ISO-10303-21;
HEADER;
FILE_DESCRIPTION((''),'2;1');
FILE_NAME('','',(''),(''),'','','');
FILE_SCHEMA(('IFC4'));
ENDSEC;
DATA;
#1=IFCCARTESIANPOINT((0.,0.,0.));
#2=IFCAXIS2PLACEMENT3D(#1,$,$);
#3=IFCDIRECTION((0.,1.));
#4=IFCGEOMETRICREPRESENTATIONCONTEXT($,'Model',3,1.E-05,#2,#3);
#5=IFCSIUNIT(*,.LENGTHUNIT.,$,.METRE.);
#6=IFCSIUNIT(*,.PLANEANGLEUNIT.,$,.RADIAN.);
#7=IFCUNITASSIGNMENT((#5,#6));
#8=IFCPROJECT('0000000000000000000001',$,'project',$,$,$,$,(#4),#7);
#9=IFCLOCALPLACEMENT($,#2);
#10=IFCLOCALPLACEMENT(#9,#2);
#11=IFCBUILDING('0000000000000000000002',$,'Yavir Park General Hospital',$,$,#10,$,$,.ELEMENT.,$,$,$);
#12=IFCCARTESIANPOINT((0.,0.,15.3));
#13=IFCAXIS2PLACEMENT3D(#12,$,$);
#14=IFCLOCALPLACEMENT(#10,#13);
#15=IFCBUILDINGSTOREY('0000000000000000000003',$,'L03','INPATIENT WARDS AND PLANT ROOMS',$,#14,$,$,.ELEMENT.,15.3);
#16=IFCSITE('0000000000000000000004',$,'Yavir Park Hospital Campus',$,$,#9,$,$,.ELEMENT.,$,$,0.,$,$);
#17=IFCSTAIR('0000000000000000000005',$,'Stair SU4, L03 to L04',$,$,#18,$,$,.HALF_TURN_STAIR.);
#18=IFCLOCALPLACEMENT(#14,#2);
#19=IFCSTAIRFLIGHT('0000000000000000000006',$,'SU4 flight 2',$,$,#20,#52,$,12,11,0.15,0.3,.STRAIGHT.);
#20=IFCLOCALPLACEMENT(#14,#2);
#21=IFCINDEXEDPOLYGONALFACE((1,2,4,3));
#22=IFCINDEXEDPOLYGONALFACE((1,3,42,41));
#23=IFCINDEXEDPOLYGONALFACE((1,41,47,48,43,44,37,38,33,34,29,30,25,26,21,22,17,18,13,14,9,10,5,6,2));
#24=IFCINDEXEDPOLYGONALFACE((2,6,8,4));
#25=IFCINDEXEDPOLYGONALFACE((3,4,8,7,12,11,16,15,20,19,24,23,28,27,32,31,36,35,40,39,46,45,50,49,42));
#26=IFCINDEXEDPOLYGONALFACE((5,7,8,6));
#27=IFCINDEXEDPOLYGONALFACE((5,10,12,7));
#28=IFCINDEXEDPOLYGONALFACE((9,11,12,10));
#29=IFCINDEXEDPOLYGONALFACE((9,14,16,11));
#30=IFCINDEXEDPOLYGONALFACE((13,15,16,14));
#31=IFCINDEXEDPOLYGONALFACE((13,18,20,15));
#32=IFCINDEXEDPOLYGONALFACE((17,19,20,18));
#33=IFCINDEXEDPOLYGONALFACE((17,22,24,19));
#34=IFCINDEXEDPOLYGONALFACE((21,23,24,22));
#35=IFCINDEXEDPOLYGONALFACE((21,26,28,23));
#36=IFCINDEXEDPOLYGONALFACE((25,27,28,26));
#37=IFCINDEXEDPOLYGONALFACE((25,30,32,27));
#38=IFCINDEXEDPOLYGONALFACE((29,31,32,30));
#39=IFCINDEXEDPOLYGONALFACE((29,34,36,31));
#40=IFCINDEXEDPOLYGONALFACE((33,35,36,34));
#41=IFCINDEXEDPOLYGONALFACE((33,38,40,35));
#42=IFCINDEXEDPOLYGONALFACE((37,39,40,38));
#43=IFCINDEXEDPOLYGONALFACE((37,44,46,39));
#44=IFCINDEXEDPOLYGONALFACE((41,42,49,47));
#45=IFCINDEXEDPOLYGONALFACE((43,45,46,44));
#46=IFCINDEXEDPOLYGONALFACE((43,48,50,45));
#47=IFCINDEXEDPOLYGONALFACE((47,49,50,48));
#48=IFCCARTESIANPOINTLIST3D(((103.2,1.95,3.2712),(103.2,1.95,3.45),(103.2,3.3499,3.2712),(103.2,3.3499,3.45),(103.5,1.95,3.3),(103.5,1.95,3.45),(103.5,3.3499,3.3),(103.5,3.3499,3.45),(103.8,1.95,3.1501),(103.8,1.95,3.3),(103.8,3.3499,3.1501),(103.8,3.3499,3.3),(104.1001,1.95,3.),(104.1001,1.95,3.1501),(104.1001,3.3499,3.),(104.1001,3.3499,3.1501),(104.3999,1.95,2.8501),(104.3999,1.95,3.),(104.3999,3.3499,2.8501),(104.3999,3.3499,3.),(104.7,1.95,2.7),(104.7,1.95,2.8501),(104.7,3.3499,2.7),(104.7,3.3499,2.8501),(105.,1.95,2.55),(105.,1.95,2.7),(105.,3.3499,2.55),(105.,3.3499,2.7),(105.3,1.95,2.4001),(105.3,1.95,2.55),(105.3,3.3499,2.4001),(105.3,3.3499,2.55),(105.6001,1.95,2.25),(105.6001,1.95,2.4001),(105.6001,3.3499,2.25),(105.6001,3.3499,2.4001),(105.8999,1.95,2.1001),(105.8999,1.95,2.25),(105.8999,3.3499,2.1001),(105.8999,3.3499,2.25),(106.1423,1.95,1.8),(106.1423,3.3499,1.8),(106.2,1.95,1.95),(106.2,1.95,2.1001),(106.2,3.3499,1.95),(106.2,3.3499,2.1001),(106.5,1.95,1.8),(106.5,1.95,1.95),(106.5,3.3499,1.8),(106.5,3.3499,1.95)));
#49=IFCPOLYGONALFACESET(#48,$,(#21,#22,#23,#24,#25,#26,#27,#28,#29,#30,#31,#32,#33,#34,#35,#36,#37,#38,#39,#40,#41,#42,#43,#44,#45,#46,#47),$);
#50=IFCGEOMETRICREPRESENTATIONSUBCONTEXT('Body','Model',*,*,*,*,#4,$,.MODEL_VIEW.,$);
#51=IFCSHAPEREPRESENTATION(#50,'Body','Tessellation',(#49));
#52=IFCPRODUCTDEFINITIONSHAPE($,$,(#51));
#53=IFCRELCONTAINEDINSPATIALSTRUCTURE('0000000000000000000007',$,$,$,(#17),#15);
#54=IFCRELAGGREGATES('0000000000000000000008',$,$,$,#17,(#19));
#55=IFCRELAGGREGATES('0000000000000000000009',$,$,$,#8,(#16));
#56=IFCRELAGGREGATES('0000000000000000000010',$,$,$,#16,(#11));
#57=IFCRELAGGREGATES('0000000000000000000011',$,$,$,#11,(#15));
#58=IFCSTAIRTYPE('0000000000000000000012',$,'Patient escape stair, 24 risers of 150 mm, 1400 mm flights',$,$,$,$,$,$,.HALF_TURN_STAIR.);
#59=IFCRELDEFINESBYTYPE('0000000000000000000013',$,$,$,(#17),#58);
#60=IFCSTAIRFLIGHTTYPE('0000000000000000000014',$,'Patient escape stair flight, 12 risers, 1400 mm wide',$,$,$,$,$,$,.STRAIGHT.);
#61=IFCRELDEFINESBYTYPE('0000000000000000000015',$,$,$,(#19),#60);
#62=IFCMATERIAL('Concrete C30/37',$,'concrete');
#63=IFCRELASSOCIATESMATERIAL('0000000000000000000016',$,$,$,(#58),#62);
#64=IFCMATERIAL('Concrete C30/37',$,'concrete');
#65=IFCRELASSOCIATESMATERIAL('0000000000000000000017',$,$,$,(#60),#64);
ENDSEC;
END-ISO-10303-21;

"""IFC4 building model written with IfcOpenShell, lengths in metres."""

from ifc_helpers import new_model, si_unit, direction, frame, origin, place, context, subcontext, project, spatial, polyline, outline, extrude, material, type_object, element, aggregate, save


model = new_model("IFC4")

# Units and contexts
model_context = context("Model", 3, precision=1e-05, world=origin(), true_north=direction((0.0, 1.0)))
body_context = subcontext(model_context, "Body", "Model", "MODEL_VIEW")
ifc_project = project(units=[si_unit("LENGTHUNIT", "METRE"), si_unit("PLANEANGLEUNIT", "RADIAN")], contexts=[model_context])

# Site, building, storey
site_placement = place(None, origin())
site = spatial("IfcSite", under=ifc_project, at=site_placement, Name="Yavir Park Hospital Campus", CompositionType="ELEMENT", RefElevation=0.0)
building_placement = place(site_placement, origin())
building = spatial("IfcBuilding", under=site, at=building_placement, Name="Yavir Park General Hospital", CompositionType="ELEMENT")
storey_placement = place(building_placement, frame((0.0, 0.0, 15.3)))
storey = spatial("IfcBuildingStorey", under=building, at=storey_placement, Name="L03", Description="INPATIENT WARDS AND PLANT ROOMS", CompositionType="ELEMENT", Elevation=15.3)

# Stair, stair flight
ifc_material_1 = material(Name="Concrete C30/37", Category="concrete")
stair_type = type_object("IfcStairType", Name="Patient escape stair, 24 risers of 150 mm, 1400 mm flights", PredefinedType="HALF_TURN_STAIR", material=ifc_material_1)
stair_placement = place(storey_placement, origin())
stair = element("IfcStair", 1, at=stair_placement, inside=storey, type_object=stair_type, Name="Stair SU4, L03 to L04", PredefinedType="HALF_TURN_STAIR")
ifc_material_2 = material(Name="Concrete C30/37", Category="concrete")
stair_flight_type = type_object("IfcStairFlightType", Name="Patient escape stair flight, 12 risers, 1400 mm wide", PredefinedType="STRAIGHT", material=ifc_material_2)
stair_flight_placement = place(storey_placement, frame((106.5, 2.6499, 1.8), z_axis=(0.0, 0.0, 1.0), x_axis=(-1.0, 0.0, 0.0)))
stair_flight = element("IfcStairFlight", 2, at=stair_flight_placement, type_object=stair_flight_type, Name="SU4 flight 2", NumberOfRisers=12, NumberOfTreads=11, PredefinedType="STRAIGHT", RiserHeight=0.15, TreadLength=0.3, context=body_context, shape_type="SweptSolid", body=[
    extrude(outline(polyline([(0.0, 0.0), (0.0, 0.1499), (0.3, 0.1499), (0.3, 0.3), (0.6001, 0.3), (0.6001, 0.45), (0.8999, 0.45), (0.8999, 0.6001), (1.2, 0.6001), (1.2, 0.75), (1.5, 0.75), (1.5, 0.8999), (1.8, 0.8999), (1.8, 1.05), (2.1001, 1.05), (2.1001, 1.2), (2.3999, 1.2), (2.3999, 1.3501), (2.7, 1.3501), (2.7, 1.5), (3.0, 1.5), (3.0, 1.6499), (3.3, 1.6499), (3.3, 1.8), (3.3, 1.4712), (0.3577, 0.0), (0.0, 0.0)])), frame((0.0, 0.7, 0.0), z_axis=(0.0, -1.0, 0.0), x_axis=(1.0, 0.0, 0.0)), (0.0, 0.0, 1.0), 1.3999),
])
aggregate(stair, [stair_flight])

save(model, "model.ifc")
